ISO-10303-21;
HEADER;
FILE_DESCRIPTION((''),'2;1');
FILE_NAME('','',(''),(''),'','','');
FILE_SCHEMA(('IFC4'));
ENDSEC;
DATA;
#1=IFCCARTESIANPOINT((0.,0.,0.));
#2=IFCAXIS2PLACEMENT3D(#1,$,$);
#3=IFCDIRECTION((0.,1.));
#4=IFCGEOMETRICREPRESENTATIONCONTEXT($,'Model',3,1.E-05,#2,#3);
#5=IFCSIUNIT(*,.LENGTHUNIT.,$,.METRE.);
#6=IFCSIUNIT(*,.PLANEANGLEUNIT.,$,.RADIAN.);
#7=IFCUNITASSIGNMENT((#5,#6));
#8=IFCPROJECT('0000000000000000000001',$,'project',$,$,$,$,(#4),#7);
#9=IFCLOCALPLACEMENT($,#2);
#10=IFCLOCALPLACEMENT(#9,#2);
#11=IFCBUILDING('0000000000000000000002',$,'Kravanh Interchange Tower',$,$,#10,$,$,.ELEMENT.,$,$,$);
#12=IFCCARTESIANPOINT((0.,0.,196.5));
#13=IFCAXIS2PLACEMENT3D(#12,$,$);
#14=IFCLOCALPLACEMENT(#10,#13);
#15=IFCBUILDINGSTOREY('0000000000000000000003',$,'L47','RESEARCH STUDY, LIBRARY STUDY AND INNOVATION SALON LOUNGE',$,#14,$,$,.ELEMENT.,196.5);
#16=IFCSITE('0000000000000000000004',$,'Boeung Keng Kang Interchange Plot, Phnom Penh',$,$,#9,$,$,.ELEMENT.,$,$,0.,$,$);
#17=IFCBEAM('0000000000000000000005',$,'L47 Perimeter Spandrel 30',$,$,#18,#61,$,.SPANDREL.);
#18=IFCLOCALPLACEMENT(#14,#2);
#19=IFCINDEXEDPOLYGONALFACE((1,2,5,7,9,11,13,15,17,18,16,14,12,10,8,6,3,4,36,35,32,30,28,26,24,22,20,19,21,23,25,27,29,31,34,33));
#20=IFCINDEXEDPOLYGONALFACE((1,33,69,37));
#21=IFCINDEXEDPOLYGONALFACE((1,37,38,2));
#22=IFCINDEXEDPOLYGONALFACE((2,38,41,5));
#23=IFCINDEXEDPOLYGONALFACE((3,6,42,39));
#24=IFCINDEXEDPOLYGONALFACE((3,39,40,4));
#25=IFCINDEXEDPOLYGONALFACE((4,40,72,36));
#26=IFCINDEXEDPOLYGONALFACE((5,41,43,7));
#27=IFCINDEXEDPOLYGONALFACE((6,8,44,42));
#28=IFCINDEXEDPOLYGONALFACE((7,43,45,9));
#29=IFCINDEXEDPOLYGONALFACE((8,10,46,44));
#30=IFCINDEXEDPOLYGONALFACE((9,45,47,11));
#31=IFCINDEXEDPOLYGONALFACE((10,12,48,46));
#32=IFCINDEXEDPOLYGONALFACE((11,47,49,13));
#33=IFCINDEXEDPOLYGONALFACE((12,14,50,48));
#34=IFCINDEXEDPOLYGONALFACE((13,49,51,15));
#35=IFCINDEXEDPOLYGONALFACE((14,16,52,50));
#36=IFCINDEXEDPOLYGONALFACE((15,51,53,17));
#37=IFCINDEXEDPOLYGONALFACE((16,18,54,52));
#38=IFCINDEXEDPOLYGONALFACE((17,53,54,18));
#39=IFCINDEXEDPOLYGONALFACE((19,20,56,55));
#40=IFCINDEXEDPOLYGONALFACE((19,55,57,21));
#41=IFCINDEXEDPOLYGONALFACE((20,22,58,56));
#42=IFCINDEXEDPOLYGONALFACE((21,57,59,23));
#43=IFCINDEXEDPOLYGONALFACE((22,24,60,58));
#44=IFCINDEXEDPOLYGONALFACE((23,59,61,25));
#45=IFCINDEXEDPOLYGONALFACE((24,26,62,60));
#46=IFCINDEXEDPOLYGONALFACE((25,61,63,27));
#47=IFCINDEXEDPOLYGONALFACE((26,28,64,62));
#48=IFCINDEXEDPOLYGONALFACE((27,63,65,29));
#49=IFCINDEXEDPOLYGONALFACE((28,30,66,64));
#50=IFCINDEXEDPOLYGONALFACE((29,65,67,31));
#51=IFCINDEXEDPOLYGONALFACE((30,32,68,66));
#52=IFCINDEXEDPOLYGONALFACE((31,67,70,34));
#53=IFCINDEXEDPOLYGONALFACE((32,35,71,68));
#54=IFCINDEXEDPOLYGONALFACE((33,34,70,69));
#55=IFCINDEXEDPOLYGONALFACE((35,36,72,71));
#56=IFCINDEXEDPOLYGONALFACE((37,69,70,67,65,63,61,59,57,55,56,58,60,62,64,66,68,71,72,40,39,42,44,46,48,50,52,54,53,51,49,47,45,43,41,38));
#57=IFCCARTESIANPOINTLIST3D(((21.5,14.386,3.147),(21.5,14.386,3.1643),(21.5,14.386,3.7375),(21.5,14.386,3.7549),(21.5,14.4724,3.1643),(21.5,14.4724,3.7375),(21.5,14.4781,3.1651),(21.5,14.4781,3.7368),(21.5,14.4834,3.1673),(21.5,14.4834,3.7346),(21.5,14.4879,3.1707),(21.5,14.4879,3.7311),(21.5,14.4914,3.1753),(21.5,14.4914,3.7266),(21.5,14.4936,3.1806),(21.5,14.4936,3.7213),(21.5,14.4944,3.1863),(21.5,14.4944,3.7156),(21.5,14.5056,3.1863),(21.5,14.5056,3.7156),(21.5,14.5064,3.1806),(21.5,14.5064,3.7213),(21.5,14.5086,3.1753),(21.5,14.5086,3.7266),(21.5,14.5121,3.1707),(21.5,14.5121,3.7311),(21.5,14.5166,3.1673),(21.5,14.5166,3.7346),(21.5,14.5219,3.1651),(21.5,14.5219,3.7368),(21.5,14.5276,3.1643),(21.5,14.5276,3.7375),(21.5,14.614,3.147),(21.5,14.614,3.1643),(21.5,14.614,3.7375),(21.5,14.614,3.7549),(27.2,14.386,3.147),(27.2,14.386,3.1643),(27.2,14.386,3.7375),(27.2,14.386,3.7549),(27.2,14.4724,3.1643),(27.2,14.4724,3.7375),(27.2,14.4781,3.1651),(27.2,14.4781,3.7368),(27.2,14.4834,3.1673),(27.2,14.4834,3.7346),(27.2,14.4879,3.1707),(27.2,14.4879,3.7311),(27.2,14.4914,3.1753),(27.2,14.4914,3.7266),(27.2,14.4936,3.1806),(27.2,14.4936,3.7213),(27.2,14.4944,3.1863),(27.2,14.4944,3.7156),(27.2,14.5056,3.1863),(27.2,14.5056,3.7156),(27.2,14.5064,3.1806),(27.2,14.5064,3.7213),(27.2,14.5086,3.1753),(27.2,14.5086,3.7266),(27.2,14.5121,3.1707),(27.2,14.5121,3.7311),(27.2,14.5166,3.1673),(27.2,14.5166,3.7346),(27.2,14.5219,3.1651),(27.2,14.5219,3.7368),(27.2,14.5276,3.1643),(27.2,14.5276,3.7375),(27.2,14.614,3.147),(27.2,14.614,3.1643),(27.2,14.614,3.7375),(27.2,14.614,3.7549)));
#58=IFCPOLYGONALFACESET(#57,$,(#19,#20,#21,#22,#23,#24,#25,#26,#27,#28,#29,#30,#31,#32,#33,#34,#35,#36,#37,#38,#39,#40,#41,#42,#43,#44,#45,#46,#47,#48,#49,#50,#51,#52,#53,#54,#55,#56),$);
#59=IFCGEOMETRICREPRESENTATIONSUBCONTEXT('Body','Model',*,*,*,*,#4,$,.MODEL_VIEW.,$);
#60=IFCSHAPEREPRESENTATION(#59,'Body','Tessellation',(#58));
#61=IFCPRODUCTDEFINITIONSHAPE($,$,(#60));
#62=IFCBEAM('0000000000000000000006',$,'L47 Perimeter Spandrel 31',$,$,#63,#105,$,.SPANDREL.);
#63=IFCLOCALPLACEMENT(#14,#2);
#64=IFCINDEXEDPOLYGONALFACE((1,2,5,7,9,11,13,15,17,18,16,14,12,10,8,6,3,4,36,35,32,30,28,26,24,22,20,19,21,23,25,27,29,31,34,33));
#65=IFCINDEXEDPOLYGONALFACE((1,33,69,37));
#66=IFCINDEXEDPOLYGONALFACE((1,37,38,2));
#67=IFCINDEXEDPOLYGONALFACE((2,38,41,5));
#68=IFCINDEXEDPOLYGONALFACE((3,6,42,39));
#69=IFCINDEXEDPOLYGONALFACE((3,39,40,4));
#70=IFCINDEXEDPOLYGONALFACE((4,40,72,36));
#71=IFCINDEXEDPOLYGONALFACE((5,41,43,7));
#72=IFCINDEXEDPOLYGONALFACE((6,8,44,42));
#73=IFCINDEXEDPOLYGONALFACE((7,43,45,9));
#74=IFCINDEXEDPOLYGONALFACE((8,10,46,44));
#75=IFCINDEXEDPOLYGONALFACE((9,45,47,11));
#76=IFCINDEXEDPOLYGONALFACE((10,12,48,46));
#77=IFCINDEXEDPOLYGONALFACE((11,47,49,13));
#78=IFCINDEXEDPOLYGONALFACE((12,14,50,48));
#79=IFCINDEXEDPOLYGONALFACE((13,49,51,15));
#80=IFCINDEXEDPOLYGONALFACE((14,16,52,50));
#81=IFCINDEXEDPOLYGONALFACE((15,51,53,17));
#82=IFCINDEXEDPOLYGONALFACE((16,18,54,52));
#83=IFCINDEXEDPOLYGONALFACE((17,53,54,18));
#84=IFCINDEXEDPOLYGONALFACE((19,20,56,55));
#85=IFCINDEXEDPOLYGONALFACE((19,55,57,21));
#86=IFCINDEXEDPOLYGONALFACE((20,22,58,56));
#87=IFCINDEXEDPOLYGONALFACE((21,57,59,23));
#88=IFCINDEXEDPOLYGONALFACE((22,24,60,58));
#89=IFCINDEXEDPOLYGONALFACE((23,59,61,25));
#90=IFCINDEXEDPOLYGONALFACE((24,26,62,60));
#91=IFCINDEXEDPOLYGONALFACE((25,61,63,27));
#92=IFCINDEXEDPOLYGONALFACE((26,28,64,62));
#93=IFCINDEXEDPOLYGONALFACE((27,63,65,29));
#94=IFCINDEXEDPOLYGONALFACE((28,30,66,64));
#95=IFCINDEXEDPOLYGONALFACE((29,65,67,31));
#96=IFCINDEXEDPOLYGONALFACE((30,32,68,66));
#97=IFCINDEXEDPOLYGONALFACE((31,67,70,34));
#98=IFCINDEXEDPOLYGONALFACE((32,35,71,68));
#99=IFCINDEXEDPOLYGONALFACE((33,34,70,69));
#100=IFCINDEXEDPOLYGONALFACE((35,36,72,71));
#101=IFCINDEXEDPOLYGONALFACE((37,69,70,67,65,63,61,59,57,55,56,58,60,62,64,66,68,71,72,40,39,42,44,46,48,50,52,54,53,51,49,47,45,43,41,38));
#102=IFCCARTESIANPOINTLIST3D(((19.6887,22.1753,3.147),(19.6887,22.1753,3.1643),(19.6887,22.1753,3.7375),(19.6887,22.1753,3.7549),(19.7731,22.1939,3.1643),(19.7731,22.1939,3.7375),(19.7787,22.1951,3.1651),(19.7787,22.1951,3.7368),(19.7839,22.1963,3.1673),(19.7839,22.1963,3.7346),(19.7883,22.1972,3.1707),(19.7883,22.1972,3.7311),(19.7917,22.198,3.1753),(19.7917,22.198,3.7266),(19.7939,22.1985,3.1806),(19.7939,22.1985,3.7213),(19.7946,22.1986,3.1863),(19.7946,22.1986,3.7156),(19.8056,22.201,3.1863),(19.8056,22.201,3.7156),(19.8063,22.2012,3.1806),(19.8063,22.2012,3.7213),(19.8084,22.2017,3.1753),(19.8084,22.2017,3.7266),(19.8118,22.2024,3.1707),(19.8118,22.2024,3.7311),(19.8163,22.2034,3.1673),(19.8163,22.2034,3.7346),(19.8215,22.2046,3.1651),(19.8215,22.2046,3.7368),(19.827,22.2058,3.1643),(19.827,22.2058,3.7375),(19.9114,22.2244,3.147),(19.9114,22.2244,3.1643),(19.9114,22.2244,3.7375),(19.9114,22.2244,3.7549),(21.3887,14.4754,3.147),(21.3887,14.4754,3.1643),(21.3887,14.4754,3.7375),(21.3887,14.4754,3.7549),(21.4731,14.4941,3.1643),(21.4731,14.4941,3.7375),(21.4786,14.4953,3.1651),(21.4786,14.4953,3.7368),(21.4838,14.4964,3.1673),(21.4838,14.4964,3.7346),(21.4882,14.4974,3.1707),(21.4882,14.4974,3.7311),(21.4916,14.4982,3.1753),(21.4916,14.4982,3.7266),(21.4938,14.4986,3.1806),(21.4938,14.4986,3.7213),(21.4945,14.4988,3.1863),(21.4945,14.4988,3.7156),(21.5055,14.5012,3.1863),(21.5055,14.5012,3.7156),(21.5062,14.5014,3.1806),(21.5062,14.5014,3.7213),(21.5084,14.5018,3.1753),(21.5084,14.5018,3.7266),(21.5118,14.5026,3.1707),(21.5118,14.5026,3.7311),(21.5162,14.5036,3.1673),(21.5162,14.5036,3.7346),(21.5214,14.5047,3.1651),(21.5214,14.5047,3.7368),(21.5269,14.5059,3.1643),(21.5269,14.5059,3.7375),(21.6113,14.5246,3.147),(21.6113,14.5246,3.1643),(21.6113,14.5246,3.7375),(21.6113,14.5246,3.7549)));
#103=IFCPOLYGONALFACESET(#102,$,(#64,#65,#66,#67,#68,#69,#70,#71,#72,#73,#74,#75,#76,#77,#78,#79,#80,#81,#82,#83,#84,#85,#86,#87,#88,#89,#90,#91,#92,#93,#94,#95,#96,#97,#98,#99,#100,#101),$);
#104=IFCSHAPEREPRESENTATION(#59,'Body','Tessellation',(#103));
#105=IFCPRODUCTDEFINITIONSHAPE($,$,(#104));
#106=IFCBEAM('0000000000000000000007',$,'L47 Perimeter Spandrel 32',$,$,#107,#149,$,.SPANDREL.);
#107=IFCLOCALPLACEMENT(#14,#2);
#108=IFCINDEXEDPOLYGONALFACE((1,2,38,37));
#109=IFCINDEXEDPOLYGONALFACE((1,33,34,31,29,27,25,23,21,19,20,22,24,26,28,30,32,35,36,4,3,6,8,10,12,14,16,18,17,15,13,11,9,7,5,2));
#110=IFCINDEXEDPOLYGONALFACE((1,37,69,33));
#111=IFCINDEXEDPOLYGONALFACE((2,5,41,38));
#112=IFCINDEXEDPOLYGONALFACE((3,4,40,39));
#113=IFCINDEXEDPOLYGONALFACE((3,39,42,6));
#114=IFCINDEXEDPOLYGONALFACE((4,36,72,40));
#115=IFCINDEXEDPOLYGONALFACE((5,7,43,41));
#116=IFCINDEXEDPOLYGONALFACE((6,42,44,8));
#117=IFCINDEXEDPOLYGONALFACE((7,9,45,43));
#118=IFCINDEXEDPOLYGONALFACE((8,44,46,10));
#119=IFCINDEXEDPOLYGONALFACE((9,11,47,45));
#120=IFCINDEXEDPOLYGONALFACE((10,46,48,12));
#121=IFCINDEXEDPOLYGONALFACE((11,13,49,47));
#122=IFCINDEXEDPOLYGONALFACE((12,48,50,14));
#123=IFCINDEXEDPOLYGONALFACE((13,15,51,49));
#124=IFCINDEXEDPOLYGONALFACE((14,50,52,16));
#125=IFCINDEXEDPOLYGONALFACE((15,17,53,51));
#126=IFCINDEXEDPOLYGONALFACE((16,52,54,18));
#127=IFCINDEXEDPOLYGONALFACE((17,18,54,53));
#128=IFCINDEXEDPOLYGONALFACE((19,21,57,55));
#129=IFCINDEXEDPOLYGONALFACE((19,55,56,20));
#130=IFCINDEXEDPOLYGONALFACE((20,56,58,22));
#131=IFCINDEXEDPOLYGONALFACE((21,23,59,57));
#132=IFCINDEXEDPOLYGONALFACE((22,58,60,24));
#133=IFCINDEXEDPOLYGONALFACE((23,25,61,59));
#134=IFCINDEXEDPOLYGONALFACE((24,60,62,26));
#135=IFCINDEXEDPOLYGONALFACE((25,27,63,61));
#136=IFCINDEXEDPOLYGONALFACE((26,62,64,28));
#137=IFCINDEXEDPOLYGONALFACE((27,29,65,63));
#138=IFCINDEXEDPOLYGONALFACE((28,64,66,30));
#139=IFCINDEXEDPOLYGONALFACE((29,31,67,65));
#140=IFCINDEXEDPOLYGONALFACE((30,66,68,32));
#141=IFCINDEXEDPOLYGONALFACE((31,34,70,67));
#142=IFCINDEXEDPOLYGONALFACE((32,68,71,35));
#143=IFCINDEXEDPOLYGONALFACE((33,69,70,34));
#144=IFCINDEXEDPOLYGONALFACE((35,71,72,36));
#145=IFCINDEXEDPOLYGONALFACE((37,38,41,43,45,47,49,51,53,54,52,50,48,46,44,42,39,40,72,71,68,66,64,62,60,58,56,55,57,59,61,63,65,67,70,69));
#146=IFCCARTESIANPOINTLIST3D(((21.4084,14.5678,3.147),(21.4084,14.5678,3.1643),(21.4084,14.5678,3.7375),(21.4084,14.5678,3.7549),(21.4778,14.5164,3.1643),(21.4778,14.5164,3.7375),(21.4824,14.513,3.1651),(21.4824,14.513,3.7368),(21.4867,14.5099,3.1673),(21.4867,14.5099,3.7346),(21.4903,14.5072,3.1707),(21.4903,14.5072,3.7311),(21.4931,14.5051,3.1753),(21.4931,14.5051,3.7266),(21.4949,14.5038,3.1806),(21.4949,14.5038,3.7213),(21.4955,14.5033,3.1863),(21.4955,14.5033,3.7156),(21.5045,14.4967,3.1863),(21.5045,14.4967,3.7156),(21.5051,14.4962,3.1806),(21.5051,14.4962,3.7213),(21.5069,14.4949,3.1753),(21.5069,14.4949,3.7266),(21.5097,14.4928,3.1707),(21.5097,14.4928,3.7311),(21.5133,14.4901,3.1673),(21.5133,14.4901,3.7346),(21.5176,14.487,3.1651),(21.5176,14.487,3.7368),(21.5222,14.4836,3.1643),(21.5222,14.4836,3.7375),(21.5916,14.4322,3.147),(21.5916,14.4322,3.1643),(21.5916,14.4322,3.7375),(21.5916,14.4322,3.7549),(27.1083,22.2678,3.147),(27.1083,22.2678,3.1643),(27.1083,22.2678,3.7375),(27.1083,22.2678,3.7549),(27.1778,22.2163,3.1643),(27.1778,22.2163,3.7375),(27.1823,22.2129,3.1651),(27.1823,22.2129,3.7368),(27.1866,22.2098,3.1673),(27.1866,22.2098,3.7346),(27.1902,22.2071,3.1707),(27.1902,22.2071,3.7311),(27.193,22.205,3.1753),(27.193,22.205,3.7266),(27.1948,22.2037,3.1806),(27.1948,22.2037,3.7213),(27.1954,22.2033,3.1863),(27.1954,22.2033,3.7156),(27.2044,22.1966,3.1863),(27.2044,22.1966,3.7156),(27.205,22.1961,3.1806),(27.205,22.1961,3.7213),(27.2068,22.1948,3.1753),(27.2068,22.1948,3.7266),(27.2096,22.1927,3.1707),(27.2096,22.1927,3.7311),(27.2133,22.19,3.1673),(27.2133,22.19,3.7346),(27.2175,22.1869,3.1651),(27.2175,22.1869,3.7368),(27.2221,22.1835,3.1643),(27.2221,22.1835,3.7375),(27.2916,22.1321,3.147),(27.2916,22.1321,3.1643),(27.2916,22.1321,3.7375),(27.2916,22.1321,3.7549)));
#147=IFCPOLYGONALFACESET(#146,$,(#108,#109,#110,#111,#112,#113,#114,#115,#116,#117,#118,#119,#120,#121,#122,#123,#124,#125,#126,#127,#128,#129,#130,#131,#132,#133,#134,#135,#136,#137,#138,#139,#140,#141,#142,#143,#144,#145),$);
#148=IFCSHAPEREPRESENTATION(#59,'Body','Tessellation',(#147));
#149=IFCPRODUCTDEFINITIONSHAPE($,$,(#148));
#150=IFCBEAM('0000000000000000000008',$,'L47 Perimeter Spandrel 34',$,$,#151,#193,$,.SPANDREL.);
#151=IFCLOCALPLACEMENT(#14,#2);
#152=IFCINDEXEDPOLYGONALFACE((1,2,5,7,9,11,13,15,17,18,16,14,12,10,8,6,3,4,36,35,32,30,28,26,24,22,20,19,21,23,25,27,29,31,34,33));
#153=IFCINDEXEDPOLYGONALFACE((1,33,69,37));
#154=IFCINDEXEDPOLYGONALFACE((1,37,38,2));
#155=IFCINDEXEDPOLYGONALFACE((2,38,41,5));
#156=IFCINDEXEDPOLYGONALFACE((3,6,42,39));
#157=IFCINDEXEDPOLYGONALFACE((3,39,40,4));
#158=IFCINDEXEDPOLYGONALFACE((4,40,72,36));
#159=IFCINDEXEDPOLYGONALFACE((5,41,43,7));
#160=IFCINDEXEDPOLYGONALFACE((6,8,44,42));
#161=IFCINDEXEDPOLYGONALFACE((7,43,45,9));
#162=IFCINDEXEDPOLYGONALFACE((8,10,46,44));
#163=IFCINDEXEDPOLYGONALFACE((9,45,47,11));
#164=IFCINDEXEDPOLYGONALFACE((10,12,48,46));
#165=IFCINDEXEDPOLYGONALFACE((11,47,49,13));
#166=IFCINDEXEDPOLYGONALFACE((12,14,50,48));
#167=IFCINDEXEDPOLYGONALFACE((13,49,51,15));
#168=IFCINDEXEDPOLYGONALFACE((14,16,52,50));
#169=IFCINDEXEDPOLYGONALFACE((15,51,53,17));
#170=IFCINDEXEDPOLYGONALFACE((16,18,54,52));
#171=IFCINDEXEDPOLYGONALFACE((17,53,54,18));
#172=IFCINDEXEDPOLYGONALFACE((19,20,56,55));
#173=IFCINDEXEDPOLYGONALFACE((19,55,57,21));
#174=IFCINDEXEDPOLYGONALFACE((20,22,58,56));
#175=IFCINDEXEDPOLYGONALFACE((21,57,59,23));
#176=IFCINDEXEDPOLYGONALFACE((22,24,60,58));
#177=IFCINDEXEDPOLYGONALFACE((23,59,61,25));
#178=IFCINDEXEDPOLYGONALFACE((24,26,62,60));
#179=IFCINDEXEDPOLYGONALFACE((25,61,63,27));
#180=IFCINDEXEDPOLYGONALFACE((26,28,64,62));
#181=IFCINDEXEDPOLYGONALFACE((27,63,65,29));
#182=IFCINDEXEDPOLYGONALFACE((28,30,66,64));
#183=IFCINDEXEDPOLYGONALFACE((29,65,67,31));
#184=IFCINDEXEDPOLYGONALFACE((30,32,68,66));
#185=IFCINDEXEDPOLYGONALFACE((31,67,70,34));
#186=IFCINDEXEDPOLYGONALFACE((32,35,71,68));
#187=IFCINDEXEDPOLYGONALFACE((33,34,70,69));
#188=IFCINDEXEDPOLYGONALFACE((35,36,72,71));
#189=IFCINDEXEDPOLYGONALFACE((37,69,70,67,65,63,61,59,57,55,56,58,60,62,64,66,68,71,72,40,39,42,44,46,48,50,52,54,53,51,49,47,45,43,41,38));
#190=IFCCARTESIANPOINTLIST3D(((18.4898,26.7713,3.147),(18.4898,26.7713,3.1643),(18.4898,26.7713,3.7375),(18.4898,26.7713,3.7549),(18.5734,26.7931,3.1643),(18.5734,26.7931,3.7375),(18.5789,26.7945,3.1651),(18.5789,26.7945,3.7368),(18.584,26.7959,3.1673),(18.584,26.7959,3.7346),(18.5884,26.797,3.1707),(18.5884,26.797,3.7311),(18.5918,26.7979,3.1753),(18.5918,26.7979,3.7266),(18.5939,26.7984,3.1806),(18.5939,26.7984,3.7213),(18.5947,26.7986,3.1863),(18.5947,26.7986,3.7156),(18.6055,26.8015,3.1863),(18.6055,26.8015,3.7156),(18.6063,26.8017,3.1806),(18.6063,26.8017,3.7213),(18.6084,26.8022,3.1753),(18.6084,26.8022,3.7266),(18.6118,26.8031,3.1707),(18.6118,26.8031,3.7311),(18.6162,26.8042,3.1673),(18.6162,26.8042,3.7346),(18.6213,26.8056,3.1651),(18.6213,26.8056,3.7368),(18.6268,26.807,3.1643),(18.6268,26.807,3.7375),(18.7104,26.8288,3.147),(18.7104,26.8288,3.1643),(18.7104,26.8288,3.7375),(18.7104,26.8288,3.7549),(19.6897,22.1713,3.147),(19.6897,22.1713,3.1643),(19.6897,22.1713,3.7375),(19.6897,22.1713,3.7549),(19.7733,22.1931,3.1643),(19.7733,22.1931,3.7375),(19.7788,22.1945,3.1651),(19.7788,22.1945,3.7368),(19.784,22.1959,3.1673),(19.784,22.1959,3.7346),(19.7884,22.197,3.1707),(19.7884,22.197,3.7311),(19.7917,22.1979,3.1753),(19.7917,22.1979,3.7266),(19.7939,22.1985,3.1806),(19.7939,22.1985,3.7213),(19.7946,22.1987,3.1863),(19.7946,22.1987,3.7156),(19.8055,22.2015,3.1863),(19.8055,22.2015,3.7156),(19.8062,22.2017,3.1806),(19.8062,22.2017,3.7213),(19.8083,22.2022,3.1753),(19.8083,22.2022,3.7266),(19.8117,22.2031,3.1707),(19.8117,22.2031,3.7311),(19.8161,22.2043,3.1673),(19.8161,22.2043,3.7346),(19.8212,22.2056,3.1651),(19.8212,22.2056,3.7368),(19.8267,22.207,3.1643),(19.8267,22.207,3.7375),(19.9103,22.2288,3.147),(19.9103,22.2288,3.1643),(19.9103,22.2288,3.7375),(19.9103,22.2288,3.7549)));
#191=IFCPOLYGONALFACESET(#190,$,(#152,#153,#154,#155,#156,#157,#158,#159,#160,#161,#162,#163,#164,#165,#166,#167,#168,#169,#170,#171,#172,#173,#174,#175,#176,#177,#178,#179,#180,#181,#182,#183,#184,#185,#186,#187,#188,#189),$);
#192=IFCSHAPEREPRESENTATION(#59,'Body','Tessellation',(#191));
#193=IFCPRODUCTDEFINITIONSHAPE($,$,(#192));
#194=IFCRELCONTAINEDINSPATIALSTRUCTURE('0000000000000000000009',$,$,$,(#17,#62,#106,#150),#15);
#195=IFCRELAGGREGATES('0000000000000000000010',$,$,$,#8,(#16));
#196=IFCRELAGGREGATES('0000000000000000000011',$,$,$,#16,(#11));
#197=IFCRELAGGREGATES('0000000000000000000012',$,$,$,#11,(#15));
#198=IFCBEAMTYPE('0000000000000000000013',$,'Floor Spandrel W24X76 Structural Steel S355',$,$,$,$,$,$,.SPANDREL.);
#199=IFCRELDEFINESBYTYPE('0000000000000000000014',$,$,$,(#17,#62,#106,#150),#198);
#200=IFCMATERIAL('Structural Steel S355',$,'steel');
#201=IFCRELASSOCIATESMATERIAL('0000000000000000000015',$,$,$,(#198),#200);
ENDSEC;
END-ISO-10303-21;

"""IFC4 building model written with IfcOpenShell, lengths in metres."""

from ifc_helpers import new_model, si_unit, direction, frame, origin, origin_2d, place, context, subcontext, project, spatial, i_section, extrude, material, material_profile, profile_set, type_object, element, save


model = new_model("IFC4")

# Units and contexts
model_context = context("Model", 3, precision=1e-05, world=origin(), true_north=direction((0.0, 1.0)))
body_context = subcontext(model_context, "Body", "Model", "MODEL_VIEW")
ifc_project = project(units=[si_unit("LENGTHUNIT", "METRE"), si_unit("PLANEANGLEUNIT", "RADIAN")], contexts=[model_context])

# Site, building, storey
site_placement = place(None, origin())
site = spatial("IfcSite", under=ifc_project, at=site_placement, Name="Boeung Keng Kang Interchange Plot, Phnom Penh", CompositionType="ELEMENT", RefElevation=0.0)
building_placement = place(site_placement, origin())
building = spatial("IfcBuilding", under=site, at=building_placement, Name="Kravanh Interchange Tower", CompositionType="ELEMENT")
storey_placement = place(building_placement, frame((0.0, 0.0, 196.5)))
storey = spatial("IfcBuildingStorey", under=building, at=storey_placement, Name="L47", Description="RESEARCH STUDY, LIBRARY STUDY AND INNOVATION SALON LOUNGE", CompositionType="ELEMENT", Elevation=196.5)

# Beams
ifc_material_1 = material(Name="Structural Steel S355", Category="steel")
ifc_material_profile_1 = material_profile(ifc_material_1, i_section(OverallWidth=0.228, OverallDepth=0.6079, WebThickness=0.0112, FlangeThickness=0.0173, FilletRadius=0.022, at=origin_2d()), Name="W24X76")
ifc_profile_set_1 = profile_set([ifc_material_profile_1], Name="Structural Steel S355")
beam_type_1 = type_object("IfcBeamType", Name="Floor Spandrel W24X76 Structural Steel S355", PredefinedType="SPANDREL", material=ifc_profile_set_1)
beam_1_placement = place(storey_placement, frame((21.5, 14.5, 3.4509), z_axis=(1.0, 0.0, 0.0), x_axis=(0.0, 1.0, 0.0)))
element("IfcBeam", 1, at=beam_1_placement, inside=storey, type_object=beam_type_1, Name="L47 Perimeter Spandrel 30", PredefinedType="SPANDREL", context=body_context, shape_type="SweptSolid", body=[
    extrude(i_section(OverallWidth=0.228, OverallDepth=0.6079, WebThickness=0.0112, FlangeThickness=0.0173, FilletRadius=0.022, at=origin_2d()), origin(), (0.0, 0.0, 1.0), 5.7),
])
beam_2_placement = place(storey_placement, frame((21.5, 14.5, 3.4509), z_axis=(-0.215583, 0.976486, 0.0), x_axis=(-0.976486, -0.215583, 0.0)))
element("IfcBeam", 2, at=beam_2_placement, inside=storey, type_object=beam_type_1, Name="L47 Perimeter Spandrel 31", PredefinedType="SPANDREL", context=body_context, shape_type="SweptSolid", body=[
    extrude(i_section(OverallWidth=0.228, OverallDepth=0.6079, WebThickness=0.0112, FlangeThickness=0.0173, FilletRadius=0.022, at=origin_2d()), origin(), (0.0, 0.0, 1.0), 7.8853),
])
beam_3_placement = place(storey_placement, frame((21.5, 14.5, 3.4509), z_axis=(0.594977, 0.803743, 0.0), x_axis=(-0.803743, 0.594977, 0.0)))
element("IfcBeam", 3, at=beam_3_placement, inside=storey, type_object=beam_type_1, Name="L47 Perimeter Spandrel 32", PredefinedType="SPANDREL", context=body_context, shape_type="SweptSolid", body=[
    extrude(i_section(OverallWidth=0.228, OverallDepth=0.6079, WebThickness=0.0112, FlangeThickness=0.0173, FilletRadius=0.022, at=origin_2d()), origin(), (0.0, 0.0, 1.0), 9.5801),
])
beam_4_placement = place(storey_placement, frame((18.6001, 26.8, 3.4509), z_axis=(0.252407, -0.967621, 0.0), x_axis=(0.967621, 0.252407, 0.0)))
element("IfcBeam", 4, at=beam_4_placement, inside=storey, type_object=beam_type_1, Name="L47 Perimeter Spandrel 34", PredefinedType="SPANDREL", context=body_context, shape_type="SweptSolid", body=[
    extrude(i_section(OverallWidth=0.228, OverallDepth=0.6079, WebThickness=0.0112, FlangeThickness=0.0173, FilletRadius=0.022, at=origin_2d()), origin(), (0.0, 0.0, 1.0), 4.7539),
])

save(model, "model.ifc")
